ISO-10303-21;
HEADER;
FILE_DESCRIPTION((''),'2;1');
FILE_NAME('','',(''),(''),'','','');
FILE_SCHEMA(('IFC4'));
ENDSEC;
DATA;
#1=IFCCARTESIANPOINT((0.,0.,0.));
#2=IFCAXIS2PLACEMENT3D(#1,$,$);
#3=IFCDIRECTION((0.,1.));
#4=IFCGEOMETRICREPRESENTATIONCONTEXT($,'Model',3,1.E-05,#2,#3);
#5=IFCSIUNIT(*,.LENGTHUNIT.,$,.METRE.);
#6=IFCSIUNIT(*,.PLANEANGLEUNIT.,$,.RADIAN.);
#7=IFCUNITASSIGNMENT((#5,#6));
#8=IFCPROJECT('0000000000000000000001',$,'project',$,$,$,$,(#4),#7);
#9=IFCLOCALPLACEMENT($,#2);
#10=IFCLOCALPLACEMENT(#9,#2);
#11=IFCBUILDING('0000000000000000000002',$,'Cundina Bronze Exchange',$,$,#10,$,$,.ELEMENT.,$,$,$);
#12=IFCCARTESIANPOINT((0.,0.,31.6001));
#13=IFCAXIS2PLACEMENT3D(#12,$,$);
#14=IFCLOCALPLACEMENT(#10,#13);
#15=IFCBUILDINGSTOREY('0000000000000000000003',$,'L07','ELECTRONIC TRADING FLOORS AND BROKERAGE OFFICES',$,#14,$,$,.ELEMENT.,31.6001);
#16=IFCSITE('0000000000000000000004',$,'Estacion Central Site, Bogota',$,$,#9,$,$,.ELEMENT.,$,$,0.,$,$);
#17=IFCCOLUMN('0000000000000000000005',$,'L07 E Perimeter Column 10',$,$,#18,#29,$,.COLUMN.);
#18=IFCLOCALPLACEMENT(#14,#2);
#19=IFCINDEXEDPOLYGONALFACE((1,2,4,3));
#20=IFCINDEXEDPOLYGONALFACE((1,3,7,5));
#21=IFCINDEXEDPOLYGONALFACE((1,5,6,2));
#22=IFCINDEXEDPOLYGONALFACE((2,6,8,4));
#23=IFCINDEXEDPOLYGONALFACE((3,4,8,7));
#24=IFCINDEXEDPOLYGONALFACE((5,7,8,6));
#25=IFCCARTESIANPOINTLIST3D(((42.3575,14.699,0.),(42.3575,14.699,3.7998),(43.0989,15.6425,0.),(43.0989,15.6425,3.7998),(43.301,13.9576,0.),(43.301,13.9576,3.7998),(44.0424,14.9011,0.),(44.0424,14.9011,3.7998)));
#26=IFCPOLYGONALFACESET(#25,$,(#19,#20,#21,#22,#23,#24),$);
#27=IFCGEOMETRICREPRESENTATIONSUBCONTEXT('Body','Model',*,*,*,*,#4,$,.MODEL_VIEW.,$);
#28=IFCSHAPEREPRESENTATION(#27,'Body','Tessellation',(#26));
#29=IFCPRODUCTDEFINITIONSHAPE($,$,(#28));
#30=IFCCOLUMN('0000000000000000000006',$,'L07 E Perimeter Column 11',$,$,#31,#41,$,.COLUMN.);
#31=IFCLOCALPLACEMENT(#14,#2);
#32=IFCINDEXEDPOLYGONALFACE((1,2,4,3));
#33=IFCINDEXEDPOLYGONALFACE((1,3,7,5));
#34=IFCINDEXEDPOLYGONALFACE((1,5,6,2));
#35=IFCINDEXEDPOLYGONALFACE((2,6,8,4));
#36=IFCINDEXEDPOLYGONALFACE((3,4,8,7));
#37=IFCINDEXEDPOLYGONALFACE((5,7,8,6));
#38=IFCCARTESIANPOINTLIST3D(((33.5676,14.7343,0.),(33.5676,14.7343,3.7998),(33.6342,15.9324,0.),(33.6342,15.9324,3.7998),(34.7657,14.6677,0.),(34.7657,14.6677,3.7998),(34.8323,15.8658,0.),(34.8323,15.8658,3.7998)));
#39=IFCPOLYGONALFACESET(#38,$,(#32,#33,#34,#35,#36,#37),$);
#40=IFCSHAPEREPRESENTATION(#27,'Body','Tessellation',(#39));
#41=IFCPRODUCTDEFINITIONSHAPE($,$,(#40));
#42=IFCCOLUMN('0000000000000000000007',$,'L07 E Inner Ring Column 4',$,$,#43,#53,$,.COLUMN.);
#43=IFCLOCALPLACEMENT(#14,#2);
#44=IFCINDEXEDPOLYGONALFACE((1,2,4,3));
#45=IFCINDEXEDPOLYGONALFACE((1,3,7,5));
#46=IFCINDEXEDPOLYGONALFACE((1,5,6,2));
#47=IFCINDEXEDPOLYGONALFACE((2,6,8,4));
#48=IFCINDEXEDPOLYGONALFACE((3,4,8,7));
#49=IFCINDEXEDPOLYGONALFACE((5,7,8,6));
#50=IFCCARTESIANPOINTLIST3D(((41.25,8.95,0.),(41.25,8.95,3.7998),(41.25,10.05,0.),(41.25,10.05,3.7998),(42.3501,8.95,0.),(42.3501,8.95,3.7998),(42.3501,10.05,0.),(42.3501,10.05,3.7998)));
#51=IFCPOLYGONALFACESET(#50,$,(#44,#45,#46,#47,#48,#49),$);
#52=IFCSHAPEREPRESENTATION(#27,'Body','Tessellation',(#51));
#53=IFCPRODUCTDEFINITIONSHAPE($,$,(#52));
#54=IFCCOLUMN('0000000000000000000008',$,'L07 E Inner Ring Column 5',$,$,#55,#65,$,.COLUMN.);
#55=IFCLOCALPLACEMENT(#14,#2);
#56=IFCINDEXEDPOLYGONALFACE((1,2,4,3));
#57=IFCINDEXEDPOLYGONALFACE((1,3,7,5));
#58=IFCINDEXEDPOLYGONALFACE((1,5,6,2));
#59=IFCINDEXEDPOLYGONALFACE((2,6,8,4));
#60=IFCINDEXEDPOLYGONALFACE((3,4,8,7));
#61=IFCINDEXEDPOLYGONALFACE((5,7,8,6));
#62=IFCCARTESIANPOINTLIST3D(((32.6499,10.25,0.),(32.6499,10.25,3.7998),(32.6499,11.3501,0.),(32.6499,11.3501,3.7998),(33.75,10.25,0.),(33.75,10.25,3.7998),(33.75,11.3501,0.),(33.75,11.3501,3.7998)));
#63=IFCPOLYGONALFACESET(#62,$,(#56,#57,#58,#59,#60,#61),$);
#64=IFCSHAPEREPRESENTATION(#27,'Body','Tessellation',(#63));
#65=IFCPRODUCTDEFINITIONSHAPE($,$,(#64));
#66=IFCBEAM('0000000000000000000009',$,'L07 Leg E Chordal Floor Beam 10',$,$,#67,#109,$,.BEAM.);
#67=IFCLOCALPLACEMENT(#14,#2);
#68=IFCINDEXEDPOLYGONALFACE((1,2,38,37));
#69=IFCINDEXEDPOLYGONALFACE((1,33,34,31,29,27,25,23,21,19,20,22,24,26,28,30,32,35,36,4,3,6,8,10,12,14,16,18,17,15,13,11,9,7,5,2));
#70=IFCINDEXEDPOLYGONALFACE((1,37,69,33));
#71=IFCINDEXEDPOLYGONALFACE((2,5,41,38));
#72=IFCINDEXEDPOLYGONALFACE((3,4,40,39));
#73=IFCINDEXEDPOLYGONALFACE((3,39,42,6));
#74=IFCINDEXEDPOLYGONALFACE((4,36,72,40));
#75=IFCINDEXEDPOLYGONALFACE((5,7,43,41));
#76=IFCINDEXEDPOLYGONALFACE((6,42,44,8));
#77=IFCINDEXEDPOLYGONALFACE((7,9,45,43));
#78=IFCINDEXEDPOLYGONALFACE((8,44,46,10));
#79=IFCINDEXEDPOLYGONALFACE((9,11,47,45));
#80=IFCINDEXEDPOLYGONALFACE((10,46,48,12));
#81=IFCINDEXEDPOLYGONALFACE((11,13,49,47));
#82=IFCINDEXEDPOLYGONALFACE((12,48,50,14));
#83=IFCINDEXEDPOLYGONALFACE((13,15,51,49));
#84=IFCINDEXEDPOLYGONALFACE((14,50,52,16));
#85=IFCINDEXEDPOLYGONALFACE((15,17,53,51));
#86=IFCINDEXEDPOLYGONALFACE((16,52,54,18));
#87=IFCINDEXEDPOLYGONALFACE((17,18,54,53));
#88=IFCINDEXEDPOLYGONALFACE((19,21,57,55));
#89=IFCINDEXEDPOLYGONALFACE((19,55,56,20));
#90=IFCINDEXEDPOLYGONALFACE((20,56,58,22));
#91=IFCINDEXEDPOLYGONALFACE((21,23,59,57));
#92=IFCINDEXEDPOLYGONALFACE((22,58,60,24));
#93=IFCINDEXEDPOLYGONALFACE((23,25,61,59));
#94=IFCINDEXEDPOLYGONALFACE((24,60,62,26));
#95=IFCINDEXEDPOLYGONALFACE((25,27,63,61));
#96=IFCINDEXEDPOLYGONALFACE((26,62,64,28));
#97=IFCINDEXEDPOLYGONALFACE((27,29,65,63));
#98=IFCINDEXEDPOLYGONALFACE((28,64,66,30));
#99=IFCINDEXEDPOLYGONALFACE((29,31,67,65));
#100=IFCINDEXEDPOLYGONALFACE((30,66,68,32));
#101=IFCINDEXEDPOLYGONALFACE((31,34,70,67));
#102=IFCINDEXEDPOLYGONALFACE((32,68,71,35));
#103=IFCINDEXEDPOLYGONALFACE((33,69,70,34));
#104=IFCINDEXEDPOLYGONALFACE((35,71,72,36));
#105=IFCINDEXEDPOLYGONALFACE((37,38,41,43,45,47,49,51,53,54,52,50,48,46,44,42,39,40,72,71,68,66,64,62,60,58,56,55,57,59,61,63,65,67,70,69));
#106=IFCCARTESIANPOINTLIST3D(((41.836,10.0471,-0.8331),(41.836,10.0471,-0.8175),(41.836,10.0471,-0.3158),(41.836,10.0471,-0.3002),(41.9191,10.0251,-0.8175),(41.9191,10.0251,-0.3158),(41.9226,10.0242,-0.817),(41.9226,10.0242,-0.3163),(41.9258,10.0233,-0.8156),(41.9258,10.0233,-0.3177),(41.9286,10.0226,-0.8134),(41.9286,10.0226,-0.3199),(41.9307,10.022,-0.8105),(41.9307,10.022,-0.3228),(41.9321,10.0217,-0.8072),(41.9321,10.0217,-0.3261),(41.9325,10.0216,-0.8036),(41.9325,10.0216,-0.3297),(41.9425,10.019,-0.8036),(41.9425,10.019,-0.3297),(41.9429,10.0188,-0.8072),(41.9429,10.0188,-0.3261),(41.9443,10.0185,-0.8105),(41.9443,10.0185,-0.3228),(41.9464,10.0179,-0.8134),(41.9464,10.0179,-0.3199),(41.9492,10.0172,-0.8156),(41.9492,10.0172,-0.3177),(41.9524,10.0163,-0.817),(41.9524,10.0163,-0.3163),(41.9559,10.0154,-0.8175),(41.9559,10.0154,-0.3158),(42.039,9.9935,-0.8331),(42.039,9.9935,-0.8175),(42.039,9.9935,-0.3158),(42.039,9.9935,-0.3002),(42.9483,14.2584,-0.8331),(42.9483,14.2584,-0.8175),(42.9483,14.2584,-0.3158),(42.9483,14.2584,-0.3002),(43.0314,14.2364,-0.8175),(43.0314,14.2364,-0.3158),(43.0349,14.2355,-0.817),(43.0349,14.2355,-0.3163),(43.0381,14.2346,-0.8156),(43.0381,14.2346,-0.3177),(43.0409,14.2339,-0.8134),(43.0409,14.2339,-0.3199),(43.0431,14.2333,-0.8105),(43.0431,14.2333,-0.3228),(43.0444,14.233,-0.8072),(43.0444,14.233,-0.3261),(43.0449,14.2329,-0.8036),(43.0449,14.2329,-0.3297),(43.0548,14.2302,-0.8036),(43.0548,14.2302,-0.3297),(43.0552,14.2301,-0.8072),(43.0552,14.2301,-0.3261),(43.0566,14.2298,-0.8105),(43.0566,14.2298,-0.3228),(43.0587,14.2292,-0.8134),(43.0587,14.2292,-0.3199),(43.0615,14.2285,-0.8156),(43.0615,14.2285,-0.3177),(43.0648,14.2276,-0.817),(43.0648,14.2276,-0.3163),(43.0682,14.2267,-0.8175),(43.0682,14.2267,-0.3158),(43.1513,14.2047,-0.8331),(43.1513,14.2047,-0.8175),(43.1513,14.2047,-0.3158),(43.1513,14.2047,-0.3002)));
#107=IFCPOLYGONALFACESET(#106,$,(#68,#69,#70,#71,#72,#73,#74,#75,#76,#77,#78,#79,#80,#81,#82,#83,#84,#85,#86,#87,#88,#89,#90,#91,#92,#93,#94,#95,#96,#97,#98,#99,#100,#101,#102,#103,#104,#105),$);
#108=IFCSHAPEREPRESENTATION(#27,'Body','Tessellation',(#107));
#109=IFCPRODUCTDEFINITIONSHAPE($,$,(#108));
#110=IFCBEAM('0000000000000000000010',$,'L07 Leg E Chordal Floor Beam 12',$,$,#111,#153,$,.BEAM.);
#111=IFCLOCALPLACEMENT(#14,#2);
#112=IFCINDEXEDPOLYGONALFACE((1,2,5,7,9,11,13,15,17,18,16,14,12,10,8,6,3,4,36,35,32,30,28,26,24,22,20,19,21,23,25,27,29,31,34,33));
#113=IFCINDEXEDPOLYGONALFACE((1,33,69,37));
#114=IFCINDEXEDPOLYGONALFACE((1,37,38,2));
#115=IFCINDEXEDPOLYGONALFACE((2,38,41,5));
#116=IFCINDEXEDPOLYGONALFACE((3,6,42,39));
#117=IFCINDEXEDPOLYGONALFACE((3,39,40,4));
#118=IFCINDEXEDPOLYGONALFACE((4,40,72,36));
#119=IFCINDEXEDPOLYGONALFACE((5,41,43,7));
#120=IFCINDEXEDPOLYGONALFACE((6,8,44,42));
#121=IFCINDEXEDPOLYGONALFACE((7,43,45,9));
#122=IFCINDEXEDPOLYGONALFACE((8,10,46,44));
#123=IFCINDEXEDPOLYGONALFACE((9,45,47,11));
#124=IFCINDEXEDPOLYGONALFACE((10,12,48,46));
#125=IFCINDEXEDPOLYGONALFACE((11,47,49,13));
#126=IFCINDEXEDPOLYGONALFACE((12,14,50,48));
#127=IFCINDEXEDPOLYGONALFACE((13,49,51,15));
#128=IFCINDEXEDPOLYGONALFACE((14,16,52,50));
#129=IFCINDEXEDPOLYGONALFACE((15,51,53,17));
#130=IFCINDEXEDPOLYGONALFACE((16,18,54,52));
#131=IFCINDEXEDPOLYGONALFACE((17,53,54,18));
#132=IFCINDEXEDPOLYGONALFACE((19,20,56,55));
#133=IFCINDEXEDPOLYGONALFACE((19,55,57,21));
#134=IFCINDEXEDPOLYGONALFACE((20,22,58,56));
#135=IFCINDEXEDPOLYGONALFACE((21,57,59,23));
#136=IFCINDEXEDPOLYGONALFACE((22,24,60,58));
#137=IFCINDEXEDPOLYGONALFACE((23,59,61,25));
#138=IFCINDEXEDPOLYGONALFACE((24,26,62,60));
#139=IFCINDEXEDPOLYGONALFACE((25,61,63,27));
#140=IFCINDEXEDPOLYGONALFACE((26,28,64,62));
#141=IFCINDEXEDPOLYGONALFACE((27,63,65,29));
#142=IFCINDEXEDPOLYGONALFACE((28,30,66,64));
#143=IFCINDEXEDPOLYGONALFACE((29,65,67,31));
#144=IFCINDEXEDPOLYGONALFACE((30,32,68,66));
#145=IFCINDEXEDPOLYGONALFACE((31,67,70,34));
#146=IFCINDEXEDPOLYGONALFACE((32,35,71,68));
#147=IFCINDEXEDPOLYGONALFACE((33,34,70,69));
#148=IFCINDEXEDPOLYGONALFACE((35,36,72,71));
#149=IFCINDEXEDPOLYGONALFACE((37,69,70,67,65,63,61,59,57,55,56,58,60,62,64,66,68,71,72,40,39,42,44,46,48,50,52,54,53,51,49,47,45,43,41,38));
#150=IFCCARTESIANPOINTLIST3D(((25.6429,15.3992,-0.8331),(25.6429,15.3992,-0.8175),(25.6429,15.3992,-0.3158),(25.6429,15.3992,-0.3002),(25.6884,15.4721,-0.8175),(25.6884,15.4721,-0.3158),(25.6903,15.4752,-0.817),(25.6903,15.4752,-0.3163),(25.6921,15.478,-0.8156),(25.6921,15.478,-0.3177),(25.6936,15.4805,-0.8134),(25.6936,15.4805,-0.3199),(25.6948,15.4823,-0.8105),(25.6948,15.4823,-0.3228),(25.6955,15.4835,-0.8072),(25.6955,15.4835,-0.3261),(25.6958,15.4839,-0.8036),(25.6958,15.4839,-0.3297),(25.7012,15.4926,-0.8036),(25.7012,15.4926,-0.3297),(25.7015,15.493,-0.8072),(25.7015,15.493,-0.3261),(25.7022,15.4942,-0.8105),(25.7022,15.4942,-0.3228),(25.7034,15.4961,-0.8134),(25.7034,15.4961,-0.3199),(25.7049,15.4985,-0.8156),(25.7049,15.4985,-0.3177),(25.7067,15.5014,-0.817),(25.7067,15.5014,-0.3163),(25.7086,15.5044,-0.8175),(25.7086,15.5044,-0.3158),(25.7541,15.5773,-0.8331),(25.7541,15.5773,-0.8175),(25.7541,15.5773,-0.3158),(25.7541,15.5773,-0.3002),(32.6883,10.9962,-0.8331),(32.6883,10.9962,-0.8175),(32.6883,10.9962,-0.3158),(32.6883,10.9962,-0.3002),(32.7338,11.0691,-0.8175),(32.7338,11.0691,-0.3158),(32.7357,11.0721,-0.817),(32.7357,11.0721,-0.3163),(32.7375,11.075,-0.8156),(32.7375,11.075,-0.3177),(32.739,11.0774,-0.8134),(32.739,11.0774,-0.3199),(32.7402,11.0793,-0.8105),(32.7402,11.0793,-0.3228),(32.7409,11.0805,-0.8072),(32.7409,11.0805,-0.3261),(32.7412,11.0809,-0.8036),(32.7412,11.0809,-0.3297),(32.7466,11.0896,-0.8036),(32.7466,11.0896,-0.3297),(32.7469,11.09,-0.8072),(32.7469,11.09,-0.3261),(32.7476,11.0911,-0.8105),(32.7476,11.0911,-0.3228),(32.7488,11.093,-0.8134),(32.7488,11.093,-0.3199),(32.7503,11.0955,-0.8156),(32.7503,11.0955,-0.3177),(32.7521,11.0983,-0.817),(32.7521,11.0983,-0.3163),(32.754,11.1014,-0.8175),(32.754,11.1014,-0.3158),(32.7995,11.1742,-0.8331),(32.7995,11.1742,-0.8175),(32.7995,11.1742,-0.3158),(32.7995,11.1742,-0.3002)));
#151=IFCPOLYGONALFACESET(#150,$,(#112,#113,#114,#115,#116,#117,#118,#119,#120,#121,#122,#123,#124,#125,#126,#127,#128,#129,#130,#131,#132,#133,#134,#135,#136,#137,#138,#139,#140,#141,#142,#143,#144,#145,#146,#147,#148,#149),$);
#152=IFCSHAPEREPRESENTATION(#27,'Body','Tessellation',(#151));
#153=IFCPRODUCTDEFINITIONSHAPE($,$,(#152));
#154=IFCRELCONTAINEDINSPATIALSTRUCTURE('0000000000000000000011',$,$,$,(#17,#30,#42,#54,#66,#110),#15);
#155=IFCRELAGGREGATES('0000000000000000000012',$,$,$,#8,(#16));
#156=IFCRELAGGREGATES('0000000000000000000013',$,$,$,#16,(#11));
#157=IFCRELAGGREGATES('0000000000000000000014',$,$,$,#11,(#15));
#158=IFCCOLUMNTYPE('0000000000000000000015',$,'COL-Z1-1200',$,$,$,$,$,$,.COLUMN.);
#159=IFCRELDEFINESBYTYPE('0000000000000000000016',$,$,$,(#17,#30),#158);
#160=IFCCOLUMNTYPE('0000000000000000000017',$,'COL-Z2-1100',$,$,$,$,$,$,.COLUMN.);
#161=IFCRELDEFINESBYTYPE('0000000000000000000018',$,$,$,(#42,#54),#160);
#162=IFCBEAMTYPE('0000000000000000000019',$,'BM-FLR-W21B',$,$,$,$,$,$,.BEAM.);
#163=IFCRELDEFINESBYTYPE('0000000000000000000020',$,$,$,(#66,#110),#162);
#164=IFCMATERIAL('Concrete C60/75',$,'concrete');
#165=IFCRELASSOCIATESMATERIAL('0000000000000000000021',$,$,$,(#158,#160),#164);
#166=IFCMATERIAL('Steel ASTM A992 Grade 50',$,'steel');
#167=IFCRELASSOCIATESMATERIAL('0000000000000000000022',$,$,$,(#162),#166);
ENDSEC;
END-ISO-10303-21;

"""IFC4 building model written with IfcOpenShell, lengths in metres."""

from ifc_helpers import new_model, si_unit, direction, frame, origin, origin_2d, place, context, subcontext, project, spatial, rectangle, i_section, extrude, material, material_profile, profile_set, type_object, element, save


model = new_model("IFC4")

# Units and contexts
model_context = context("Model", 3, precision=1e-05, world=origin(), true_north=direction((0.0, 1.0)))
body_context = subcontext(model_context, "Body", "Model", "MODEL_VIEW")
ifc_project = project(units=[si_unit("LENGTHUNIT", "METRE"), si_unit("PLANEANGLEUNIT", "RADIAN")], contexts=[model_context])

# Site, building, storey
site_placement = place(None, origin())
site = spatial("IfcSite", under=ifc_project, at=site_placement, Name="Estacion Central Site, Bogota", CompositionType="ELEMENT", RefElevation=0.0)
building_placement = place(site_placement, origin())
building = spatial("IfcBuilding", under=site, at=building_placement, Name="Cundina Bronze Exchange", CompositionType="ELEMENT")
storey_placement = place(building_placement, frame((0.0, 0.0, 31.6001)))
storey = spatial("IfcBuildingStorey", under=building, at=storey_placement, Name="L07", Description="ELECTRONIC TRADING FLOORS AND BROKERAGE OFFICES", CompositionType="ELEMENT", Elevation=31.6001)

# Columns
ifc_material_1 = material(Name="Concrete C60/75", Category="concrete")
ifc_material_profile_1 = material_profile(ifc_material_1, rectangle(XDim=1.2, YDim=1.2, at=origin_2d()), Name="RC1200X1200", Category="concrete")
ifc_profile_set_1 = profile_set([ifc_material_profile_1], Name="Concrete C60/75")
column_type_1 = type_object("IfcColumnType", Name="COL-Z1-1200", PredefinedType="COLUMN", material=ifc_profile_set_1)
for number, where, z_axis, x_axis, name in (
    (1, (43.2, 14.8, 0.0), (0.0, 0.0, 1.0), (-0.786288, 0.61786, 0.0), "L07 E Perimeter Column 10"),
    (2, (34.2, 15.3, 0.0), (0.0, 0.0, 1.0), (-0.99846, 0.055473, 0.0), "L07 E Perimeter Column 11"),
):
    element("IfcColumn", number, at=place(storey_placement, frame(where, z_axis=z_axis, x_axis=x_axis)), inside=storey, type_object=column_type_1, Name=name, PredefinedType="COLUMN", context=body_context, shape_type="SweptSolid", body=[
        extrude(rectangle(XDim=1.2, YDim=1.2, at=origin_2d()), origin(), (0.0, 0.0, 1.0), 3.7998),
    ])
ifc_material_profile_2 = material_profile(ifc_material_1, rectangle(XDim=1.1001, YDim=1.1001, at=origin_2d()), Name="RC1100X1100", Category="concrete")
ifc_profile_set_2 = profile_set([ifc_material_profile_2], Name="Concrete C60/75")
column_type_2 = type_object("IfcColumnType", Name="COL-Z2-1100", PredefinedType="COLUMN", material=ifc_profile_set_2)
for number, where, z_axis, x_axis, name in (
    (3, (41.8, 9.5, 0.0), (0.0, 0.0, 1.0), (1.0, 0.0, 0.0), "L07 E Inner Ring Column 4"),
    (4, (33.2, 10.8, 0.0), (0.0, 0.0, 1.0), (1.0, 0.0, 0.0), "L07 E Inner Ring Column 5"),
):
    element("IfcColumn", number, at=place(storey_placement, frame(where, z_axis=z_axis, x_axis=x_axis)), inside=storey, type_object=column_type_2, Name=name, PredefinedType="COLUMN", context=body_context, shape_type="SweptSolid", body=[
        extrude(rectangle(XDim=1.1001, YDim=1.1001, at=origin_2d()), origin(), (0.0, 0.0, 1.0), 3.7998),
    ])

# Beams
ifc_material_2 = material(Name="Steel ASTM A992 Grade 50", Category="steel")
ifc_material_profile_3 = material_profile(ifc_material_2, i_section(OverallWidth=0.21, OverallDepth=0.533, WebThickness=0.0103, FlangeThickness=0.0156, FilletRadius=0.0139, at=origin_2d()), Name="W21X62", Category="steel")
ifc_profile_set_3 = profile_set([ifc_material_profile_3], Name="Steel ASTM A992 Grade 50")
beam_type_1 = type_object("IfcBeamType", Name="BM-FLR-W21B", PredefinedType="BEAM", material=ifc_profile_set_3)
beam_1_placement = place(storey_placement, frame((41.9375, 10.0203, -0.5667), z_axis=(0.255373, 0.966843, 0.0), x_axis=(-0.966843, 0.255373, 0.0)))
element("IfcBeam", 5, at=beam_1_placement, inside=storey, type_object=beam_type_1, Name="L07 Leg E Chordal Floor Beam 10", PredefinedType="BEAM", context=body_context, shape_type="SweptSolid", body=[
    extrude(i_section(OverallWidth=0.21, OverallDepth=0.533, WebThickness=0.0103, FlangeThickness=0.0156, FilletRadius=0.0139, at=origin_2d()), origin(), (0.0, 0.0, 1.0), 4.3557),
])
beam_2_placement = place(storey_placement, frame((32.7439, 11.0852, -0.5667), z_axis=(-0.848015, 0.529973, 0.0), x_axis=(-0.529973, -0.848015, 0.0)))
element("IfcBeam", 6, at=beam_2_placement, inside=storey, type_object=beam_type_1, Name="L07 Leg E Chordal Floor Beam 12", PredefinedType="BEAM", context=body_context, shape_type="SweptSolid", body=[
    extrude(i_section(OverallWidth=0.21, OverallDepth=0.533, WebThickness=0.0103, FlangeThickness=0.0156, FilletRadius=0.0139, at=origin_2d()), origin(), (0.0, 0.0, 1.0), 8.3081),
])

save(model, "model.ifc")
